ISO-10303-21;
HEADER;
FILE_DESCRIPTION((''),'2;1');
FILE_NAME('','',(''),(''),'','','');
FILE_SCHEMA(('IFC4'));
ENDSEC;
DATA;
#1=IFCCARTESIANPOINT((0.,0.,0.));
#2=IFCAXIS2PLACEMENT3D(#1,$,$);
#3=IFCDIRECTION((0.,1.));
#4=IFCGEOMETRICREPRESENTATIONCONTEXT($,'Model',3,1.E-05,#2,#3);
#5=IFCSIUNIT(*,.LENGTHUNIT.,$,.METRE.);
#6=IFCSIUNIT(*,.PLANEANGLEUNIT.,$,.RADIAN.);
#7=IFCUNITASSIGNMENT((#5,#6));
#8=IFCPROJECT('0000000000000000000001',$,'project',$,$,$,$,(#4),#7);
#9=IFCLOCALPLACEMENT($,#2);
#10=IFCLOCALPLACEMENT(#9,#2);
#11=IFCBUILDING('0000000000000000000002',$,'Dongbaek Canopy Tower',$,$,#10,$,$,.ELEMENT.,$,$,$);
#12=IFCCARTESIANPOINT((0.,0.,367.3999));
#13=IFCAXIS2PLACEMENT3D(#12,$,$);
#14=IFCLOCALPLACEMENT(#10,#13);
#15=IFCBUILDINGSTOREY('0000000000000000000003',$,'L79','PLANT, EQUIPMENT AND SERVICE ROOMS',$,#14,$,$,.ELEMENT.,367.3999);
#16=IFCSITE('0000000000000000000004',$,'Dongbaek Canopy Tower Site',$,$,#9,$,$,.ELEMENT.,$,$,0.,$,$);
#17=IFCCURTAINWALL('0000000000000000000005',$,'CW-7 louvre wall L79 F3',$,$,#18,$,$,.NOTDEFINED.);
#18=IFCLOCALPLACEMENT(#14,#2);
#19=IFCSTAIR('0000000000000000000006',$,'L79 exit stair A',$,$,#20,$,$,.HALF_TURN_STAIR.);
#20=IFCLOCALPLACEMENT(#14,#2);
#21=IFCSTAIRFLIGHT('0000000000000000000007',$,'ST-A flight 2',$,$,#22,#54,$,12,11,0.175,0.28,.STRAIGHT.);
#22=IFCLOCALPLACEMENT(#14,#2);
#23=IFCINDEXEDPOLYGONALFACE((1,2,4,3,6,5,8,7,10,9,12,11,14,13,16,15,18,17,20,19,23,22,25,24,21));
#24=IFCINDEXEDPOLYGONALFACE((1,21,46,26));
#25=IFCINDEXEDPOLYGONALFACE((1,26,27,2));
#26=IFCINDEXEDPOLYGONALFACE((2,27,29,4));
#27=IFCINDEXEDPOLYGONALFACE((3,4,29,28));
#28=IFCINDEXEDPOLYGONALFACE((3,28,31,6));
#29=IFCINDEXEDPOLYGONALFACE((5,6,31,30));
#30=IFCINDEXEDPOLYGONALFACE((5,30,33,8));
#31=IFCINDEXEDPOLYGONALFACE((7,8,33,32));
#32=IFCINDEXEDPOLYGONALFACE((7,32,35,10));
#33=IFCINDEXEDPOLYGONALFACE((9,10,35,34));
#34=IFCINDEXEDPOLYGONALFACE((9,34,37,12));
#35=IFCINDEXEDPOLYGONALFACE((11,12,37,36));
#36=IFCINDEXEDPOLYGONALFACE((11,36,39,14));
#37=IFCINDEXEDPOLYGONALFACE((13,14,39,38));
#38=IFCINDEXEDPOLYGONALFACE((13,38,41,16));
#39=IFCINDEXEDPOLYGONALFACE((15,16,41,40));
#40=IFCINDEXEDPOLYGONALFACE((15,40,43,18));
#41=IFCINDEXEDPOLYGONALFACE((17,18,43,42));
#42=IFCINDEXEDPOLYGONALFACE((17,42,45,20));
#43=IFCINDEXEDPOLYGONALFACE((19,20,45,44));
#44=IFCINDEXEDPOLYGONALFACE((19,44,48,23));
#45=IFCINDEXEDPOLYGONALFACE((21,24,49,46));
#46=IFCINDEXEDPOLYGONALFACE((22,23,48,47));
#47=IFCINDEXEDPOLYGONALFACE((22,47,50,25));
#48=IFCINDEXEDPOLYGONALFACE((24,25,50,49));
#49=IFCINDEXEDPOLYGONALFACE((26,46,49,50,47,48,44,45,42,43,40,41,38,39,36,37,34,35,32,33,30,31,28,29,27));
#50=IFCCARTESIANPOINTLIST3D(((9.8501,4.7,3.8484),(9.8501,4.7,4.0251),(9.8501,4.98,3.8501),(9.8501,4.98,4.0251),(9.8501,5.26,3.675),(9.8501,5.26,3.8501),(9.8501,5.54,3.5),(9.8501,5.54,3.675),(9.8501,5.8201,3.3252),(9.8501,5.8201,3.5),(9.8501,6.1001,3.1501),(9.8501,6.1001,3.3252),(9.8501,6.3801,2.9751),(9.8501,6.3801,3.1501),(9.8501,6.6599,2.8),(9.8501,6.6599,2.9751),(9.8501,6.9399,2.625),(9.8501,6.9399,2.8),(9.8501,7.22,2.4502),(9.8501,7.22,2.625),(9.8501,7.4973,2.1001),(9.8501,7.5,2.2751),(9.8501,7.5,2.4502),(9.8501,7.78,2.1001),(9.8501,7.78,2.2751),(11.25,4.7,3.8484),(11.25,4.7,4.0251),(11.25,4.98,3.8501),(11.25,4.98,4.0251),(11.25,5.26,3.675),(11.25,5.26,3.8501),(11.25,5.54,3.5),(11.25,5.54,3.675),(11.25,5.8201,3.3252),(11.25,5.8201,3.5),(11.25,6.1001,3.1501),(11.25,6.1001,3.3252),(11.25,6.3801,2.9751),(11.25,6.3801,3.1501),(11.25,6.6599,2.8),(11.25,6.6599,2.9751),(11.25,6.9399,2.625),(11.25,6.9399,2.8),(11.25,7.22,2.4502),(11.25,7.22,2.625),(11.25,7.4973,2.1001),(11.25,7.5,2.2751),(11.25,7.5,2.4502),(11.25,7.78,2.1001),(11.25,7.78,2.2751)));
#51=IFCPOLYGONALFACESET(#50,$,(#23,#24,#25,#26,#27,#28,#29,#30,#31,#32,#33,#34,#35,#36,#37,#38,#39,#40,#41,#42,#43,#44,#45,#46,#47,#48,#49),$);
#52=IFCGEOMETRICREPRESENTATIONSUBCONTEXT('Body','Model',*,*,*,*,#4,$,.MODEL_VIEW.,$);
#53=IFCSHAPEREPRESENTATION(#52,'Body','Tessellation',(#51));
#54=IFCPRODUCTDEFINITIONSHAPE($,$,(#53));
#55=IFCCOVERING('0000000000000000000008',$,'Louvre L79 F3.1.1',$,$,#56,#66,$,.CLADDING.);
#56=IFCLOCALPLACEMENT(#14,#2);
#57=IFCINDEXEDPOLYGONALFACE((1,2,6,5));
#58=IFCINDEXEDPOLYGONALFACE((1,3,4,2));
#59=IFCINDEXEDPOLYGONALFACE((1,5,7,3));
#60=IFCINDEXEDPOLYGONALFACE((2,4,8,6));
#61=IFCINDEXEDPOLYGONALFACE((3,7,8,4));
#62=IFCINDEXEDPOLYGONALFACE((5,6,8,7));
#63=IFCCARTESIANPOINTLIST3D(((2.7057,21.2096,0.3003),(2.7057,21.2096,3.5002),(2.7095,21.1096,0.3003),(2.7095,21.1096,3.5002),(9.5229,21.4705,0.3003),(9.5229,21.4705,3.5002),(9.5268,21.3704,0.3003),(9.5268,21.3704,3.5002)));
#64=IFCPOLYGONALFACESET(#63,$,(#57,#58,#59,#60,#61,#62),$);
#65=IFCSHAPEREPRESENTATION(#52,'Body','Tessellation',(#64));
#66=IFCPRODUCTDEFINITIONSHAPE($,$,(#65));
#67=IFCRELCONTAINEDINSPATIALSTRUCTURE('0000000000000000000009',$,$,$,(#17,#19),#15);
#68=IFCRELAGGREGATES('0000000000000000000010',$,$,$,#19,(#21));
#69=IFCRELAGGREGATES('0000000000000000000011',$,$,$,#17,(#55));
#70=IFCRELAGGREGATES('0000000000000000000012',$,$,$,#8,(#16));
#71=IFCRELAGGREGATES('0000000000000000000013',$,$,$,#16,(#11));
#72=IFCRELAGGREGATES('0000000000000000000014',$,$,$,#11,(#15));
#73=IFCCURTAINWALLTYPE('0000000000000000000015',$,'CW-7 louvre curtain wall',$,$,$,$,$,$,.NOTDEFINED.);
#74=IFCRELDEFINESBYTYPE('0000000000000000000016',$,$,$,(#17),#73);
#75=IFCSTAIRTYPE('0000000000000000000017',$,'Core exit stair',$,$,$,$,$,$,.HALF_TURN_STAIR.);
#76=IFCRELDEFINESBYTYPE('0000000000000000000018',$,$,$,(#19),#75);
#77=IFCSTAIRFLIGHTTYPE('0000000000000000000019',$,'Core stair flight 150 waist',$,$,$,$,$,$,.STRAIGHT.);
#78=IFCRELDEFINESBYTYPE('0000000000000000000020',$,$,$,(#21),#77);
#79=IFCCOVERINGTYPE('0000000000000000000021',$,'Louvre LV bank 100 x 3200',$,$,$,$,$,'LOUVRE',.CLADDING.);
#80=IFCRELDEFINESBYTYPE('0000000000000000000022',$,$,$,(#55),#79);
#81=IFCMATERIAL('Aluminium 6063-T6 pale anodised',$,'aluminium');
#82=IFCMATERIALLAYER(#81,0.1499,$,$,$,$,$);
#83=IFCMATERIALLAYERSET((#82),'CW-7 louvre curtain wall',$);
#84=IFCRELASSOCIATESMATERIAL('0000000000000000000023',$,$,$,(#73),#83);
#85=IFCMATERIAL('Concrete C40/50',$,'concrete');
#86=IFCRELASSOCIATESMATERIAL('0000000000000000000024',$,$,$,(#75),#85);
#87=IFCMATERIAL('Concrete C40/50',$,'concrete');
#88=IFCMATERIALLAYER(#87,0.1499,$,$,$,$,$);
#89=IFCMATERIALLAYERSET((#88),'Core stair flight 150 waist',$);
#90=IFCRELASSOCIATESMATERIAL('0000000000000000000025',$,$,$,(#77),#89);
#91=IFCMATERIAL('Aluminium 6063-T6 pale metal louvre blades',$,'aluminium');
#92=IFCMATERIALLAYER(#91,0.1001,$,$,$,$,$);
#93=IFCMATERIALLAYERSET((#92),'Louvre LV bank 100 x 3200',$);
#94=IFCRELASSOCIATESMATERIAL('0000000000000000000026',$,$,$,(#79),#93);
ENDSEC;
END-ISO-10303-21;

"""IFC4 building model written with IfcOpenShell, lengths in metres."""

from ifc_helpers import new_model, si_unit, direction, frame, origin, origin_2d, place, context, subcontext, project, spatial, polyline, rectangle, outline, extrude, material, layer, layer_set, type_object, element, aggregate, save


model = new_model("IFC4")

# Units and contexts
model_context = context("Model", 3, precision=1e-05, world=origin(), true_north=direction((0.0, 1.0)))
body_context = subcontext(model_context, "Body", "Model", "MODEL_VIEW")
ifc_project = project(units=[si_unit("LENGTHUNIT", "METRE"), si_unit("PLANEANGLEUNIT", "RADIAN")], contexts=[model_context])

# Site, building, storey
site_placement = place(None, origin())
site = spatial("IfcSite", under=ifc_project, at=site_placement, Name="Dongbaek Canopy Tower Site", CompositionType="ELEMENT", RefElevation=0.0)
building_placement = place(site_placement, origin())
building = spatial("IfcBuilding", under=site, at=building_placement, Name="Dongbaek Canopy Tower", CompositionType="ELEMENT")
storey_placement = place(building_placement, frame((0.0, 0.0, 367.3999)))
storey = spatial("IfcBuildingStorey", under=building, at=storey_placement, Name="L79", Description="PLANT, EQUIPMENT AND SERVICE ROOMS", CompositionType="ELEMENT", Elevation=367.3999)

# Shared definitions
ifc_material_1 = material(Name="Aluminium 6063-T6 pale anodised", Category="aluminium")
ifc_layer_1 = layer(ifc_material_1, 0.1499)
ifc_layer_set_1 = layer_set([ifc_layer_1], Name="CW-7 louvre curtain wall")
curtain_wall_type = type_object("IfcCurtainWallType", Name="CW-7 louvre curtain wall", PredefinedType="NOTDEFINED", material=ifc_layer_set_1)

# Curtain wall
curtain_wall_1_placement = place(storey_placement, origin())
curtain_wall_1 = element("IfcCurtainWall", 1, at=curtain_wall_1_placement, inside=storey, type_object=curtain_wall_type, Name="CW-7 louvre wall L79 F3", PredefinedType="NOTDEFINED")

# Stair, stair flight
ifc_material_2 = material(Name="Concrete C40/50", Category="concrete")
stair_type = type_object("IfcStairType", Name="Core exit stair", PredefinedType="HALF_TURN_STAIR", material=ifc_material_2)
stair_placement = place(storey_placement, origin())
stair = element("IfcStair", 2, at=stair_placement, inside=storey, type_object=stair_type, Name="L79 exit stair A", PredefinedType="HALF_TURN_STAIR")
ifc_material_3 = material(Name="Concrete C40/50", Category="concrete")
ifc_layer_2 = layer(ifc_material_3, 0.1499)
ifc_layer_set_2 = layer_set([ifc_layer_2], Name="Core stair flight 150 waist")
stair_flight_type = type_object("IfcStairFlightType", Name="Core stair flight 150 waist", PredefinedType="STRAIGHT", material=ifc_layer_set_2)
stair_flight_placement = place(storey_placement, frame((10.55, 7.78, 2.1001), z_axis=(0.0, 0.0, 1.0), x_axis=(0.0, -1.0, 0.0)))
stair_flight = element("IfcStairFlight", 3, at=stair_flight_placement, type_object=stair_flight_type, Name="ST-A flight 2", NumberOfRisers=12, NumberOfTreads=11, PredefinedType="STRAIGHT", RiserHeight=0.175, TreadLength=0.28, context=body_context, shape_type="SweptSolid", body=[
    extrude(outline(polyline([(0.0, 0.0), (0.0, 0.175), (0.28, 0.175), (0.28, 0.3501), (0.5601, 0.3501), (0.5601, 0.5249), (0.8401, 0.5249), (0.8401, 0.7), (1.1201, 0.7), (1.1201, 0.875), (1.3999, 0.875), (1.3999, 1.05), (1.6799, 1.05), (1.6799, 1.2251), (1.96, 1.2251), (1.96, 1.3999), (2.24, 1.3999), (2.24, 1.575), (2.52, 1.575), (2.52, 1.75), (2.8, 1.75), (2.8, 1.925), (3.0801, 1.925), (3.0801, 2.1001), (3.0801, 1.7483), (0.2827, 0.0), (0.0, 0.0)])), frame((0.0, 0.7, 0.0), z_axis=(0.0, -1.0, 0.0), x_axis=(1.0, 0.0, 0.0)), (0.0, 0.0, 1.0), 1.3999),
])
aggregate(stair, [stair_flight])

# Covering
ifc_material_4 = material(Name="Aluminium 6063-T6 pale metal louvre blades", Category="aluminium")
ifc_layer_3 = layer(ifc_material_4, 0.1001)
ifc_layer_set_3 = layer_set([ifc_layer_3], Name="Louvre LV bank 100 x 3200")
covering_type = type_object("IfcCoveringType", Name="Louvre LV bank 100 x 3200", ElementType="LOUVRE", PredefinedType="CLADDING", material=ifc_layer_set_3)
covering_placement = place(storey_placement, frame((6.1162, 21.29, 0.3003), z_axis=(0.0, 0.0, 1.0), x_axis=(-0.999269, -0.038232, 0.0)))
covering = element("IfcCovering", 4, at=covering_placement, type_object=covering_type, Name="Louvre L79 F3.1.1", PredefinedType="CLADDING", context=body_context, shape_type="SweptSolid", body=[
    extrude(rectangle(XDim=6.8223, YDim=0.1001, at=origin_2d()), origin(), (0.0, 0.0, 1.0), 3.2),
])

aggregate(curtain_wall_1, [covering])

save(model, "model.ifc")
